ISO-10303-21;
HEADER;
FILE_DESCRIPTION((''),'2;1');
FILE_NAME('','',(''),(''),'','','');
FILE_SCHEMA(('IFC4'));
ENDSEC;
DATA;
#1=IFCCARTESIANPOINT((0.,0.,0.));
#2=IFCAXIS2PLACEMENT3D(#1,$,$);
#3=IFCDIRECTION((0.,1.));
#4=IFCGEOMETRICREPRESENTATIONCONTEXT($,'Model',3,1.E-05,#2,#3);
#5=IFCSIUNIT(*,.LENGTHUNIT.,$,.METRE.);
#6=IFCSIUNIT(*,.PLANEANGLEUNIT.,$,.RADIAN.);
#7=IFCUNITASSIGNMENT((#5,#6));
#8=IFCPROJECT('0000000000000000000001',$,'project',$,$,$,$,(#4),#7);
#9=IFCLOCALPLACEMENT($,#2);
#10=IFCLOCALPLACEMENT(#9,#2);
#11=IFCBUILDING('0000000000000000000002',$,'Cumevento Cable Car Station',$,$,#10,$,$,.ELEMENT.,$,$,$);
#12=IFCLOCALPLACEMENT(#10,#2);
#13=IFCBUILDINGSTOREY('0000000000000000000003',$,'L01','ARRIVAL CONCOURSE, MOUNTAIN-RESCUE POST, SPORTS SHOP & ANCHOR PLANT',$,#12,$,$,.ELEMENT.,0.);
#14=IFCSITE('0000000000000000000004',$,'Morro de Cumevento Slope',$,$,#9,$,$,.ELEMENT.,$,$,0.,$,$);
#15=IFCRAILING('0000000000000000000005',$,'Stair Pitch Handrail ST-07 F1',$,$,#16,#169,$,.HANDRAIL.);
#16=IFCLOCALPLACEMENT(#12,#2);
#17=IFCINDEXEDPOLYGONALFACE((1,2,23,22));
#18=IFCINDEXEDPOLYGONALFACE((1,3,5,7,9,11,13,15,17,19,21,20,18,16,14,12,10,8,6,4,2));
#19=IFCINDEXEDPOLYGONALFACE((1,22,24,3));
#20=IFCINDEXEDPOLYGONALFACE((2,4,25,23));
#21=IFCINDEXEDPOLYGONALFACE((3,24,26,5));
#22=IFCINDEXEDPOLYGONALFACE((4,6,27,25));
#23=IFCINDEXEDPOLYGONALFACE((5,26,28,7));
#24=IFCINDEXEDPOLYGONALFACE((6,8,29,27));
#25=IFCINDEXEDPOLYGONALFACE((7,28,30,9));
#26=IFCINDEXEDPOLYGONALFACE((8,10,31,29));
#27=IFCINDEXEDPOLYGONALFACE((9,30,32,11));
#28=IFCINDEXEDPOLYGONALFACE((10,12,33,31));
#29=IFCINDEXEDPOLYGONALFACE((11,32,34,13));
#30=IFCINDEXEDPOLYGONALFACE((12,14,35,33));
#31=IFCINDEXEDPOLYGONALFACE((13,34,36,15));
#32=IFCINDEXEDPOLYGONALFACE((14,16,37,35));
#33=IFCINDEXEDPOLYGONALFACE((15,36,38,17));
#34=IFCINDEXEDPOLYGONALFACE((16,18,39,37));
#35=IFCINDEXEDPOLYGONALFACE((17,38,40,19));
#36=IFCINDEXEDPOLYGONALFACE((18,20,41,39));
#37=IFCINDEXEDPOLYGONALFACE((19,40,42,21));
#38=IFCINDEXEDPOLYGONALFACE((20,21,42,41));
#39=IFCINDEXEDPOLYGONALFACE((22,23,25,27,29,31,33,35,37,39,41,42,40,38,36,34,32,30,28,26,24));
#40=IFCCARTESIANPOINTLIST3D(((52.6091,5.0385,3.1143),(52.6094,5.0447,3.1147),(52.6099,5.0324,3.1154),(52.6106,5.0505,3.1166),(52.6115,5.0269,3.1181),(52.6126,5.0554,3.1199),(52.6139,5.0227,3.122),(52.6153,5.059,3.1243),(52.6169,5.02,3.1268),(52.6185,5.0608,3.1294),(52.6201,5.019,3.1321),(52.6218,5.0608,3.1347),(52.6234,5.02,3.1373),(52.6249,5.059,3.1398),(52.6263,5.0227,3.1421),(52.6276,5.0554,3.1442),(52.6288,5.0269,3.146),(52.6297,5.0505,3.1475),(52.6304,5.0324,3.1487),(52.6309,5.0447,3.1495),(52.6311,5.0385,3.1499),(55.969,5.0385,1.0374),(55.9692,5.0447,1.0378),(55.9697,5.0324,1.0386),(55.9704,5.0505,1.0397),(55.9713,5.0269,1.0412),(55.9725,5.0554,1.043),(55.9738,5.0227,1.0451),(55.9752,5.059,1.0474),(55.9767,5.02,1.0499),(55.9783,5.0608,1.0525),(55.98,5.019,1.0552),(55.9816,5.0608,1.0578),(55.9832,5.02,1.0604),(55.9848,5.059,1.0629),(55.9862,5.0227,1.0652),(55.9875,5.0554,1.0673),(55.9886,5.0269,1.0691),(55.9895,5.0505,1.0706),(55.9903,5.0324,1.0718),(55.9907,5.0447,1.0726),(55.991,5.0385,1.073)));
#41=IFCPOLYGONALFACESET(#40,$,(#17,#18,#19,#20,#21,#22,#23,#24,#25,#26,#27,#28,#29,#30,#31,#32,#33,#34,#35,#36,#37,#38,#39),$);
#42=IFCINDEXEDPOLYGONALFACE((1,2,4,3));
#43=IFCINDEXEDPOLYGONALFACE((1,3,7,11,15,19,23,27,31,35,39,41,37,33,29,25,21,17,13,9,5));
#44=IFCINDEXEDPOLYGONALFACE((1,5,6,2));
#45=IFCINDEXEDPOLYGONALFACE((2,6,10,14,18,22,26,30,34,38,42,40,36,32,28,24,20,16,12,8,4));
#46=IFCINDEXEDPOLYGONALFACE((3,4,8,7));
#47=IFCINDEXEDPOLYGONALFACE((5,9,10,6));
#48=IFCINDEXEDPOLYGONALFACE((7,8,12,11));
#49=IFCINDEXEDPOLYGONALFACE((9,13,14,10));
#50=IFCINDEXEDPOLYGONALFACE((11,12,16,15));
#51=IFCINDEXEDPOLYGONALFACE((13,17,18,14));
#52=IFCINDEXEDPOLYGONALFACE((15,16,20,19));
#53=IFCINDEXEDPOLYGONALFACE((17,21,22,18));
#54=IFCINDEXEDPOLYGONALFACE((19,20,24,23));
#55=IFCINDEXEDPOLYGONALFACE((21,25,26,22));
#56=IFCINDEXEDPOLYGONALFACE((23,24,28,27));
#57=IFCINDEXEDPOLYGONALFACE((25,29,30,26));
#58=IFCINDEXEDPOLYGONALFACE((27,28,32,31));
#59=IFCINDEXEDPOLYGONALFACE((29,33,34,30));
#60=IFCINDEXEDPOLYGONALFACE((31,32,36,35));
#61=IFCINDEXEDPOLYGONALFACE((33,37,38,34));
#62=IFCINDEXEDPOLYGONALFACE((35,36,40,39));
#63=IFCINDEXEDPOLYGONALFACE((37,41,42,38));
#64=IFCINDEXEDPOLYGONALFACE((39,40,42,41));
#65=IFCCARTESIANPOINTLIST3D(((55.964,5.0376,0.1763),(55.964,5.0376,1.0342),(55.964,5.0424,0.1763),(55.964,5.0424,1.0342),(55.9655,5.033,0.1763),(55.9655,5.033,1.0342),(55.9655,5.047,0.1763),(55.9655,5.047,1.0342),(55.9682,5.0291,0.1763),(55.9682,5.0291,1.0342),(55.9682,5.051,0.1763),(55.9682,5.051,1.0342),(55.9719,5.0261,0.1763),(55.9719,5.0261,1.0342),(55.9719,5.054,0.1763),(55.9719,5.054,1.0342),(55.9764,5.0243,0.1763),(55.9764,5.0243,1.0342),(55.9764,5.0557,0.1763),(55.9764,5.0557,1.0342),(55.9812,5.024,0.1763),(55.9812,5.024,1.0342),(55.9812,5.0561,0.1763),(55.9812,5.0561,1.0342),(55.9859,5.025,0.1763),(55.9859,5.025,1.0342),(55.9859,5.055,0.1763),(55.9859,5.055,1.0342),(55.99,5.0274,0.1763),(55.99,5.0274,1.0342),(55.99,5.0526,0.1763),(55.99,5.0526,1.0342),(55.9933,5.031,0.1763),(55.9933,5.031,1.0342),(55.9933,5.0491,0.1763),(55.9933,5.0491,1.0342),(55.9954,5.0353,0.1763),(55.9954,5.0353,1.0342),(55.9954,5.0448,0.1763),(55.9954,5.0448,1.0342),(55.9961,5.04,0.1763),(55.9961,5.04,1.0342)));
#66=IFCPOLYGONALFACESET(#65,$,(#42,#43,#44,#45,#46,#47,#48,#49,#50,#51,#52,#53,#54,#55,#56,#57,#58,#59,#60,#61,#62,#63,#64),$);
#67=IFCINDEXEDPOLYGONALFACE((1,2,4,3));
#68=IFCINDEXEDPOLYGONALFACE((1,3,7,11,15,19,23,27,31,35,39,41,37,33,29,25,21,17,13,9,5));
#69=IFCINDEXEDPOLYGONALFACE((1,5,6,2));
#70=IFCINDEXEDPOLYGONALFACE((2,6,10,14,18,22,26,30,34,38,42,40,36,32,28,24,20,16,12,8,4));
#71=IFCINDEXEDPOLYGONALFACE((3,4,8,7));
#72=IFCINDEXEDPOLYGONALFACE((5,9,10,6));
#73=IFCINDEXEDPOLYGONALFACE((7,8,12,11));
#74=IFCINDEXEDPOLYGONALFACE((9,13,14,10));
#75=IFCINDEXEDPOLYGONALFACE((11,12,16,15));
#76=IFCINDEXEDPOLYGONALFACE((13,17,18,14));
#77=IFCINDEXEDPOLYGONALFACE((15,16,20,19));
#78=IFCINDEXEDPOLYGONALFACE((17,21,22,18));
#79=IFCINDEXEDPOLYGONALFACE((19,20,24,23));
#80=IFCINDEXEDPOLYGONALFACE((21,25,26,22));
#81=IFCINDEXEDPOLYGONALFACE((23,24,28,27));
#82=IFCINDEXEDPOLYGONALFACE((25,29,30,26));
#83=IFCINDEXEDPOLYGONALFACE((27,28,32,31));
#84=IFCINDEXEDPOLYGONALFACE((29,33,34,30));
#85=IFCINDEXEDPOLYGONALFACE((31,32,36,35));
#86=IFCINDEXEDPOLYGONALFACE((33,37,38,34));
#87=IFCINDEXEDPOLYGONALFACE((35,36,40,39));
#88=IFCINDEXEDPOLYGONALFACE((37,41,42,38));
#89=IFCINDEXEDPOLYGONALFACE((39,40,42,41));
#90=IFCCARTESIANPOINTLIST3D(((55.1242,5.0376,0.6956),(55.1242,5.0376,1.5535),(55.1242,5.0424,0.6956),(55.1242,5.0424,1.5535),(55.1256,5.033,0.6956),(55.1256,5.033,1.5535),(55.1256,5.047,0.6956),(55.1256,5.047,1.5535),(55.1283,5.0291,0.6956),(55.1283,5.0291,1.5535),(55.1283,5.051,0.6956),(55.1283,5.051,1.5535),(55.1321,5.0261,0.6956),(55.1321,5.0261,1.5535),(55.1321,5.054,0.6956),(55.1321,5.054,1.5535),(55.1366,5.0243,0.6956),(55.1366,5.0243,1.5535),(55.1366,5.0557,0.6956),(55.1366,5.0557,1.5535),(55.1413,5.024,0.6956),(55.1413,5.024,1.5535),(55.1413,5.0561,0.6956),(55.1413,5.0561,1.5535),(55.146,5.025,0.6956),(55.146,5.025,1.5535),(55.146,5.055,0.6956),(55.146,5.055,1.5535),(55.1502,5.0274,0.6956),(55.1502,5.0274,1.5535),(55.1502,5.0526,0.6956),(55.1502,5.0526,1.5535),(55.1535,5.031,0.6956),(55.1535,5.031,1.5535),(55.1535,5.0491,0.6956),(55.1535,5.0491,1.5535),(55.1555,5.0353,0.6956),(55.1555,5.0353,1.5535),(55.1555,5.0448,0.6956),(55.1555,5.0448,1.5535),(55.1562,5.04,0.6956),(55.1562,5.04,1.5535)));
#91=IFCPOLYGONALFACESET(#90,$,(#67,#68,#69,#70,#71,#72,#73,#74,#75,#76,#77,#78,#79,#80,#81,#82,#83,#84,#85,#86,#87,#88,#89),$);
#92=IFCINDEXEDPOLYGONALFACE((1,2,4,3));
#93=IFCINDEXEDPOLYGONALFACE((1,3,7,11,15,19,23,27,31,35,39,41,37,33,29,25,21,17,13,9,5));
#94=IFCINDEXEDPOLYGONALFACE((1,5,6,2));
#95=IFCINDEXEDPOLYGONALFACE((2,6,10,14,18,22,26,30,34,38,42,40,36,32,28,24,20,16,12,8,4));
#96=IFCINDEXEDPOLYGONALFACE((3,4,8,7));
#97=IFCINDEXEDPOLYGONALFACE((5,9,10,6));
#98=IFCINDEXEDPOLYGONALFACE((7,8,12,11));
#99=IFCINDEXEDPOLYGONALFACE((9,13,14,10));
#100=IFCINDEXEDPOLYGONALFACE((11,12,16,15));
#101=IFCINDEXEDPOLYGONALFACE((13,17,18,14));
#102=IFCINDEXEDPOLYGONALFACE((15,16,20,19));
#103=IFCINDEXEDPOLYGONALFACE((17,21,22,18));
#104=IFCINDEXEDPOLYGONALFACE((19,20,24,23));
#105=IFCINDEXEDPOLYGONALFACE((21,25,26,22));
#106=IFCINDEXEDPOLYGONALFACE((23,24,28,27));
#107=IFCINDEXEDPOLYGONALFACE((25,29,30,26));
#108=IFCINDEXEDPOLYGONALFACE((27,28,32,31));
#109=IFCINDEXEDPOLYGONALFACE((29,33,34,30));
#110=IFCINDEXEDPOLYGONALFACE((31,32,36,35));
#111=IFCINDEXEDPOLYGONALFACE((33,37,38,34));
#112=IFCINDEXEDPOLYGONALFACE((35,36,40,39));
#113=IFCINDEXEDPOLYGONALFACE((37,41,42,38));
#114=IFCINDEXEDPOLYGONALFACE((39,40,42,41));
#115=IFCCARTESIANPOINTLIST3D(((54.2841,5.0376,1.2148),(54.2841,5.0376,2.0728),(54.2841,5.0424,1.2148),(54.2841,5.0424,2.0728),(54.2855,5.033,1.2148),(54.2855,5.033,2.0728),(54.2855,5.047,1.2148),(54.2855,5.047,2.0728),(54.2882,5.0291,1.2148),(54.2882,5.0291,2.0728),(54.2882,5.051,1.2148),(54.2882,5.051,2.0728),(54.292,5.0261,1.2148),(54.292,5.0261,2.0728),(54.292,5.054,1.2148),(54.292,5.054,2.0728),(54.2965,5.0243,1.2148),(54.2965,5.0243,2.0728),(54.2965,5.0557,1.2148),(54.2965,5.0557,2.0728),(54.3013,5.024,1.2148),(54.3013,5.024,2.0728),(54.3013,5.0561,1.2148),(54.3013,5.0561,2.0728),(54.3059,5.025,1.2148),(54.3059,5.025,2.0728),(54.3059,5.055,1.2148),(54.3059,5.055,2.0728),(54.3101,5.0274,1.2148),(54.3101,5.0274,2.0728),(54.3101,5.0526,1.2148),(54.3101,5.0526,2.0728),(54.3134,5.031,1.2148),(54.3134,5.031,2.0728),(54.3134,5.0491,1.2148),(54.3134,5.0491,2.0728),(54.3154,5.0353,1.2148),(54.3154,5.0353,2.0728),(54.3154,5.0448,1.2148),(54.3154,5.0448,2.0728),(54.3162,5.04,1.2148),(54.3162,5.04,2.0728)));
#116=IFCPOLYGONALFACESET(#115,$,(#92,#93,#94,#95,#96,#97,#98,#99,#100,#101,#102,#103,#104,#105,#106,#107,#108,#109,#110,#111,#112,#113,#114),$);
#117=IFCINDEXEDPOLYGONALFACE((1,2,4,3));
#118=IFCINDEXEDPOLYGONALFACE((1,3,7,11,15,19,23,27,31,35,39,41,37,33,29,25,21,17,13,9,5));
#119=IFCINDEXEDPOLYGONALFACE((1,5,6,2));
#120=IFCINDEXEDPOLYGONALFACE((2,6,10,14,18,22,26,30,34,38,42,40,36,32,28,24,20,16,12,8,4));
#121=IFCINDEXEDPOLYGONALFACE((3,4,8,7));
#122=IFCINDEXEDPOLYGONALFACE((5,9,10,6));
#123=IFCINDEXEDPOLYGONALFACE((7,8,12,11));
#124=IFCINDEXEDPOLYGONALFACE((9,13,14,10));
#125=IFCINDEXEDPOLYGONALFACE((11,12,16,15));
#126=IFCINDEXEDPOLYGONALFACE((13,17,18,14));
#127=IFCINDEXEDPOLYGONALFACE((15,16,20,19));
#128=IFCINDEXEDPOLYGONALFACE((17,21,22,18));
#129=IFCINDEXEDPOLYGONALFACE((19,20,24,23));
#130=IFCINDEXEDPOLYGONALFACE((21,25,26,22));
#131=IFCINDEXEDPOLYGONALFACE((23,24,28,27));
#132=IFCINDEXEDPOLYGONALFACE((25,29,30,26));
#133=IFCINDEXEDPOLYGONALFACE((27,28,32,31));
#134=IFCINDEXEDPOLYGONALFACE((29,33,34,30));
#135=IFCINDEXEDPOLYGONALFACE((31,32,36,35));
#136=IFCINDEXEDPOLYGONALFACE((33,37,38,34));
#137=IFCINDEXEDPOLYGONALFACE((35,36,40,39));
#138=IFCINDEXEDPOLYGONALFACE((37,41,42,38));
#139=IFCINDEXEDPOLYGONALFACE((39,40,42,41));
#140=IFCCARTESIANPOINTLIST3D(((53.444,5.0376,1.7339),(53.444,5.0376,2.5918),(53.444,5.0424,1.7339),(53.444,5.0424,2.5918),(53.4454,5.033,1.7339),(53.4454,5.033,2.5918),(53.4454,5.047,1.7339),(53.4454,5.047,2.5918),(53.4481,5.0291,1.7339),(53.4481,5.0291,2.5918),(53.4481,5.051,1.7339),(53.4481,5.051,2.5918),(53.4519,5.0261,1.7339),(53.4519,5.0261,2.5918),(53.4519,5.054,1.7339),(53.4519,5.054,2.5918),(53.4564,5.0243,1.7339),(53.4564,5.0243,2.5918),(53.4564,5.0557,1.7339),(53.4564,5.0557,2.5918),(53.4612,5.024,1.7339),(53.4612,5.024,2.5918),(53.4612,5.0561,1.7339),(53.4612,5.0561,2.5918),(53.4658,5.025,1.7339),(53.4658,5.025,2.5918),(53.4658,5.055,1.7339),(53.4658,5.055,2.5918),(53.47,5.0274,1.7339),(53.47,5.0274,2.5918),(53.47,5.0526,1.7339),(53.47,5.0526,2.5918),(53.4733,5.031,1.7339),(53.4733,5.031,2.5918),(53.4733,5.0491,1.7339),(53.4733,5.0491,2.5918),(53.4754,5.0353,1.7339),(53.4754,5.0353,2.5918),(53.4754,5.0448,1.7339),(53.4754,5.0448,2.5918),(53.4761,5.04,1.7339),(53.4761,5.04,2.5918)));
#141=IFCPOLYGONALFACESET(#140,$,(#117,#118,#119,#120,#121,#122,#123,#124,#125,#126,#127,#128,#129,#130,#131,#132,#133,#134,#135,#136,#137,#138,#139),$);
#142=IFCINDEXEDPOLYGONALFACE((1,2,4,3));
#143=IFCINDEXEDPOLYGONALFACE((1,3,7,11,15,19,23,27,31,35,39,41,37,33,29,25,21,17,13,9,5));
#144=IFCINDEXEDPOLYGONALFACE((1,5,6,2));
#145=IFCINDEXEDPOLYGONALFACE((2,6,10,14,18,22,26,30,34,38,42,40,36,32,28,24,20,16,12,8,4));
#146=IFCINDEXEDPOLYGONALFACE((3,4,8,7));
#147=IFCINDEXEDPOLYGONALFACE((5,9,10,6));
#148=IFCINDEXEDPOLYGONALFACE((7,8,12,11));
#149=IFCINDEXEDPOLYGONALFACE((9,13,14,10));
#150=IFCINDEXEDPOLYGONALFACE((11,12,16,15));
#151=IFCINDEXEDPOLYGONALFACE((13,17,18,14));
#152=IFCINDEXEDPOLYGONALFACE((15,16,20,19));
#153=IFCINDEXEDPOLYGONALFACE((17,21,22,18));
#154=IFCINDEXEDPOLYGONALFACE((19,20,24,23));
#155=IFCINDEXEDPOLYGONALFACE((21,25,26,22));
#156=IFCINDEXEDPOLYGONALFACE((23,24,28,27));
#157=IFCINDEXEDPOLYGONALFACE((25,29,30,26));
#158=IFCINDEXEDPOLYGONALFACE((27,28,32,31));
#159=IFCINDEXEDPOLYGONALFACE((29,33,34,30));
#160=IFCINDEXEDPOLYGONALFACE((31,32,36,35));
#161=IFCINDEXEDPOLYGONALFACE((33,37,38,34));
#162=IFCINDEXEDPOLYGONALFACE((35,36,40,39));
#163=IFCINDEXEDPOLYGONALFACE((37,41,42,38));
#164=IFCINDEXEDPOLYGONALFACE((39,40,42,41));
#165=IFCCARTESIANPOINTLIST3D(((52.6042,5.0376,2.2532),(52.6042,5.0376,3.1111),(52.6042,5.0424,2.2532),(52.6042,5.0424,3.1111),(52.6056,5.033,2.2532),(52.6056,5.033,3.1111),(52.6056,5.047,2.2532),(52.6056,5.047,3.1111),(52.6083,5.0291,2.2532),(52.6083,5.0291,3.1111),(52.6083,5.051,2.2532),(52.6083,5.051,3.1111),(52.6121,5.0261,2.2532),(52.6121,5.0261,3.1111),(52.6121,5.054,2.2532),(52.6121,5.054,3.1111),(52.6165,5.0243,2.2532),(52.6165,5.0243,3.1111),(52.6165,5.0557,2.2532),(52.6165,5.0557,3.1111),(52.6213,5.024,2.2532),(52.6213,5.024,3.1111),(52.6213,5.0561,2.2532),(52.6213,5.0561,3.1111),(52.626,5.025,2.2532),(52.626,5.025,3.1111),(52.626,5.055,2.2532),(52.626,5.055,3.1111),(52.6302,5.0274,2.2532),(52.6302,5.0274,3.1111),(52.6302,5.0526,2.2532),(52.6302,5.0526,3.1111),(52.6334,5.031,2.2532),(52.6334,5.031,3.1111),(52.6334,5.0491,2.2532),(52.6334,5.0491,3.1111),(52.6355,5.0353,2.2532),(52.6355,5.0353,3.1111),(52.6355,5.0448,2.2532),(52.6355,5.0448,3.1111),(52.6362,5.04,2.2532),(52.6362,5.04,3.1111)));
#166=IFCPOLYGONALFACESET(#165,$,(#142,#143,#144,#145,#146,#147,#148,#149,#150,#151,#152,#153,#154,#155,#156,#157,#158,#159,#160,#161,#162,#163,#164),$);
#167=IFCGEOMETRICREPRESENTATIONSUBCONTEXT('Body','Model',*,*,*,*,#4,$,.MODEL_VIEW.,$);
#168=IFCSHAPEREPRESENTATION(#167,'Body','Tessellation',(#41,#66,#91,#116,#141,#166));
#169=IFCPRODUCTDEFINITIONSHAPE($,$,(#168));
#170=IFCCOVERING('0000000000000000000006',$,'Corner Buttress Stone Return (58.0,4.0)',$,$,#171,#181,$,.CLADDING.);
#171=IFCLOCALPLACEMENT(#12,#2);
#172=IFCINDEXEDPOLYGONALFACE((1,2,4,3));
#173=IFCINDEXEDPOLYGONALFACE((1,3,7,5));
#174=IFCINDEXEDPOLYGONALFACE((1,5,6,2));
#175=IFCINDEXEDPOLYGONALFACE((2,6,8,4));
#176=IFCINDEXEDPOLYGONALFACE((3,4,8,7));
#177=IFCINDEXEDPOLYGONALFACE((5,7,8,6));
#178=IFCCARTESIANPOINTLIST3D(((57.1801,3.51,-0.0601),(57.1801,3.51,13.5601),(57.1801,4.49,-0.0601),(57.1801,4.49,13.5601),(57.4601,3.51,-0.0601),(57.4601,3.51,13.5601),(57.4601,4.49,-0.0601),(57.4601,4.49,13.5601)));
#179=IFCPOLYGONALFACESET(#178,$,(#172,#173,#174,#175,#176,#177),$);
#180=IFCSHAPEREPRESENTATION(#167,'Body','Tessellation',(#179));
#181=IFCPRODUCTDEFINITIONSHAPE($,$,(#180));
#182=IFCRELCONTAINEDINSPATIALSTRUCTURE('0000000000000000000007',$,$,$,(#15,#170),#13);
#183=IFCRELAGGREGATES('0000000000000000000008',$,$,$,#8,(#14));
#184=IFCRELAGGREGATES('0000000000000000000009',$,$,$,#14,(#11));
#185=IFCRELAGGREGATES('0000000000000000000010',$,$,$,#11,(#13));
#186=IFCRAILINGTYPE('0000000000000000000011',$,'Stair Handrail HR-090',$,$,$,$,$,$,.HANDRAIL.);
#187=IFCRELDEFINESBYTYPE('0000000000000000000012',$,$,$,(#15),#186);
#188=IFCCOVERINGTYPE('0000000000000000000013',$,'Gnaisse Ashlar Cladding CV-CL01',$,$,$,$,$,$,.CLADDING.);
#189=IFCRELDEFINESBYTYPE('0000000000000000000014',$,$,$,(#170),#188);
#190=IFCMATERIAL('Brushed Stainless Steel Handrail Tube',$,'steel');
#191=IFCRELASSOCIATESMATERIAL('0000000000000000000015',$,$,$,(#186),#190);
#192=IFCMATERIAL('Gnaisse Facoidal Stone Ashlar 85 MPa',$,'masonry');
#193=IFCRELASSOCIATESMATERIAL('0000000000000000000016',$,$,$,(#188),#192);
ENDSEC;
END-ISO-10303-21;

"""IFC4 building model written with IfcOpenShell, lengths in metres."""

from ifc_helpers import new_model, si_unit, direction, frame, origin, origin_2d, place, context, subcontext, project, spatial, rectangle, circle, extrude, material, type_object, element, save


model = new_model("IFC4")

# Units and contexts
model_context = context("Model", 3, precision=1e-05, world=origin(), true_north=direction((0.0, 1.0)))
body_context = subcontext(model_context, "Body", "Model", "MODEL_VIEW")
ifc_project = project(units=[si_unit("LENGTHUNIT", "METRE"), si_unit("PLANEANGLEUNIT", "RADIAN")], contexts=[model_context])

# Site, building, storey
site_placement = place(None, origin())
site = spatial("IfcSite", under=ifc_project, at=site_placement, Name="Morro de Cumevento Slope", CompositionType="ELEMENT", RefElevation=0.0)
building_placement = place(site_placement, origin())
building = spatial("IfcBuilding", under=site, at=building_placement, Name="Cumevento Cable Car Station", CompositionType="ELEMENT")
storey_placement = place(building_placement, origin())
storey = spatial("IfcBuildingStorey", under=building, at=storey_placement, Name="L01", Description="ARRIVAL CONCOURSE, MOUNTAIN-RESCUE POST, SPORTS SHOP & ANCHOR PLANT", CompositionType="ELEMENT", Elevation=0.0)

# Railing
ifc_material_1 = material(Name="Brushed Stainless Steel Handrail Tube", Category="steel")
railing_type_1 = type_object("IfcRailingType", Name="Stair Handrail HR-090", PredefinedType="HANDRAIL", material=ifc_material_1)
railing_1_placement = place(storey_placement, frame((55.98, 5.04, 0.1763)))
element("IfcRailing", 1, at=railing_1_placement, inside=storey, type_object=railing_type_1, Name="Stair Pitch Handrail ST-07 F1", PredefinedType="HANDRAIL", context=body_context, shape_type="SweptSolid", body=[
    extrude(circle(Radius=0.021, at=origin_2d()), frame((0.0, 0.0, 0.8789), z_axis=(-0.850606, 0.0, 0.525803), x_axis=(0.0, -1.0, 0.0)), (0.0, 0.0, 1.0), 3.95),
    extrude(circle(Radius=0.0161, at=origin_2d()), origin(), (0.0, 0.0, 1.0), 0.8579),
    extrude(circle(Radius=0.0161, at=origin_2d()), frame((-0.8398, 0.0, 0.5193)), (0.0, 0.0, 1.0), 0.8579),
    extrude(circle(Radius=0.0161, at=origin_2d()), frame((-1.6799, 0.0, 1.0386)), (0.0, 0.0, 1.0), 0.8579),
    extrude(circle(Radius=0.0161, at=origin_2d()), frame((-2.52, 0.0, 1.5576)), (0.0, 0.0, 1.0), 0.8579),
    extrude(circle(Radius=0.0161, at=origin_2d()), frame((-3.3599, 0.0, 2.0769)), (0.0, 0.0, 1.0), 0.8579),
])

# Covering
ifc_material_2 = material(Name="Gnaisse Facoidal Stone Ashlar 85 MPa", Category="masonry")
covering_type = type_object("IfcCoveringType", Name="Gnaisse Ashlar Cladding CV-CL01", PredefinedType="CLADDING", material=ifc_material_2)
covering_1_placement = place(storey_placement, frame((57.3201, 4.0, -0.0601), z_axis=(0.0, 0.0, 1.0), x_axis=(1.0, 0.0, 0.0)))
element("IfcCovering", 2, at=covering_1_placement, inside=storey, type_object=covering_type, Name="Corner Buttress Stone Return (58.0,4.0)", PredefinedType="CLADDING", context=body_context, shape_type="SweptSolid", body=[
    extrude(rectangle(XDim=0.28, YDim=0.98, at=origin_2d()), origin(), (0.0, 0.0, 1.0), 13.6201),
])

save(model, "model.ifc")
